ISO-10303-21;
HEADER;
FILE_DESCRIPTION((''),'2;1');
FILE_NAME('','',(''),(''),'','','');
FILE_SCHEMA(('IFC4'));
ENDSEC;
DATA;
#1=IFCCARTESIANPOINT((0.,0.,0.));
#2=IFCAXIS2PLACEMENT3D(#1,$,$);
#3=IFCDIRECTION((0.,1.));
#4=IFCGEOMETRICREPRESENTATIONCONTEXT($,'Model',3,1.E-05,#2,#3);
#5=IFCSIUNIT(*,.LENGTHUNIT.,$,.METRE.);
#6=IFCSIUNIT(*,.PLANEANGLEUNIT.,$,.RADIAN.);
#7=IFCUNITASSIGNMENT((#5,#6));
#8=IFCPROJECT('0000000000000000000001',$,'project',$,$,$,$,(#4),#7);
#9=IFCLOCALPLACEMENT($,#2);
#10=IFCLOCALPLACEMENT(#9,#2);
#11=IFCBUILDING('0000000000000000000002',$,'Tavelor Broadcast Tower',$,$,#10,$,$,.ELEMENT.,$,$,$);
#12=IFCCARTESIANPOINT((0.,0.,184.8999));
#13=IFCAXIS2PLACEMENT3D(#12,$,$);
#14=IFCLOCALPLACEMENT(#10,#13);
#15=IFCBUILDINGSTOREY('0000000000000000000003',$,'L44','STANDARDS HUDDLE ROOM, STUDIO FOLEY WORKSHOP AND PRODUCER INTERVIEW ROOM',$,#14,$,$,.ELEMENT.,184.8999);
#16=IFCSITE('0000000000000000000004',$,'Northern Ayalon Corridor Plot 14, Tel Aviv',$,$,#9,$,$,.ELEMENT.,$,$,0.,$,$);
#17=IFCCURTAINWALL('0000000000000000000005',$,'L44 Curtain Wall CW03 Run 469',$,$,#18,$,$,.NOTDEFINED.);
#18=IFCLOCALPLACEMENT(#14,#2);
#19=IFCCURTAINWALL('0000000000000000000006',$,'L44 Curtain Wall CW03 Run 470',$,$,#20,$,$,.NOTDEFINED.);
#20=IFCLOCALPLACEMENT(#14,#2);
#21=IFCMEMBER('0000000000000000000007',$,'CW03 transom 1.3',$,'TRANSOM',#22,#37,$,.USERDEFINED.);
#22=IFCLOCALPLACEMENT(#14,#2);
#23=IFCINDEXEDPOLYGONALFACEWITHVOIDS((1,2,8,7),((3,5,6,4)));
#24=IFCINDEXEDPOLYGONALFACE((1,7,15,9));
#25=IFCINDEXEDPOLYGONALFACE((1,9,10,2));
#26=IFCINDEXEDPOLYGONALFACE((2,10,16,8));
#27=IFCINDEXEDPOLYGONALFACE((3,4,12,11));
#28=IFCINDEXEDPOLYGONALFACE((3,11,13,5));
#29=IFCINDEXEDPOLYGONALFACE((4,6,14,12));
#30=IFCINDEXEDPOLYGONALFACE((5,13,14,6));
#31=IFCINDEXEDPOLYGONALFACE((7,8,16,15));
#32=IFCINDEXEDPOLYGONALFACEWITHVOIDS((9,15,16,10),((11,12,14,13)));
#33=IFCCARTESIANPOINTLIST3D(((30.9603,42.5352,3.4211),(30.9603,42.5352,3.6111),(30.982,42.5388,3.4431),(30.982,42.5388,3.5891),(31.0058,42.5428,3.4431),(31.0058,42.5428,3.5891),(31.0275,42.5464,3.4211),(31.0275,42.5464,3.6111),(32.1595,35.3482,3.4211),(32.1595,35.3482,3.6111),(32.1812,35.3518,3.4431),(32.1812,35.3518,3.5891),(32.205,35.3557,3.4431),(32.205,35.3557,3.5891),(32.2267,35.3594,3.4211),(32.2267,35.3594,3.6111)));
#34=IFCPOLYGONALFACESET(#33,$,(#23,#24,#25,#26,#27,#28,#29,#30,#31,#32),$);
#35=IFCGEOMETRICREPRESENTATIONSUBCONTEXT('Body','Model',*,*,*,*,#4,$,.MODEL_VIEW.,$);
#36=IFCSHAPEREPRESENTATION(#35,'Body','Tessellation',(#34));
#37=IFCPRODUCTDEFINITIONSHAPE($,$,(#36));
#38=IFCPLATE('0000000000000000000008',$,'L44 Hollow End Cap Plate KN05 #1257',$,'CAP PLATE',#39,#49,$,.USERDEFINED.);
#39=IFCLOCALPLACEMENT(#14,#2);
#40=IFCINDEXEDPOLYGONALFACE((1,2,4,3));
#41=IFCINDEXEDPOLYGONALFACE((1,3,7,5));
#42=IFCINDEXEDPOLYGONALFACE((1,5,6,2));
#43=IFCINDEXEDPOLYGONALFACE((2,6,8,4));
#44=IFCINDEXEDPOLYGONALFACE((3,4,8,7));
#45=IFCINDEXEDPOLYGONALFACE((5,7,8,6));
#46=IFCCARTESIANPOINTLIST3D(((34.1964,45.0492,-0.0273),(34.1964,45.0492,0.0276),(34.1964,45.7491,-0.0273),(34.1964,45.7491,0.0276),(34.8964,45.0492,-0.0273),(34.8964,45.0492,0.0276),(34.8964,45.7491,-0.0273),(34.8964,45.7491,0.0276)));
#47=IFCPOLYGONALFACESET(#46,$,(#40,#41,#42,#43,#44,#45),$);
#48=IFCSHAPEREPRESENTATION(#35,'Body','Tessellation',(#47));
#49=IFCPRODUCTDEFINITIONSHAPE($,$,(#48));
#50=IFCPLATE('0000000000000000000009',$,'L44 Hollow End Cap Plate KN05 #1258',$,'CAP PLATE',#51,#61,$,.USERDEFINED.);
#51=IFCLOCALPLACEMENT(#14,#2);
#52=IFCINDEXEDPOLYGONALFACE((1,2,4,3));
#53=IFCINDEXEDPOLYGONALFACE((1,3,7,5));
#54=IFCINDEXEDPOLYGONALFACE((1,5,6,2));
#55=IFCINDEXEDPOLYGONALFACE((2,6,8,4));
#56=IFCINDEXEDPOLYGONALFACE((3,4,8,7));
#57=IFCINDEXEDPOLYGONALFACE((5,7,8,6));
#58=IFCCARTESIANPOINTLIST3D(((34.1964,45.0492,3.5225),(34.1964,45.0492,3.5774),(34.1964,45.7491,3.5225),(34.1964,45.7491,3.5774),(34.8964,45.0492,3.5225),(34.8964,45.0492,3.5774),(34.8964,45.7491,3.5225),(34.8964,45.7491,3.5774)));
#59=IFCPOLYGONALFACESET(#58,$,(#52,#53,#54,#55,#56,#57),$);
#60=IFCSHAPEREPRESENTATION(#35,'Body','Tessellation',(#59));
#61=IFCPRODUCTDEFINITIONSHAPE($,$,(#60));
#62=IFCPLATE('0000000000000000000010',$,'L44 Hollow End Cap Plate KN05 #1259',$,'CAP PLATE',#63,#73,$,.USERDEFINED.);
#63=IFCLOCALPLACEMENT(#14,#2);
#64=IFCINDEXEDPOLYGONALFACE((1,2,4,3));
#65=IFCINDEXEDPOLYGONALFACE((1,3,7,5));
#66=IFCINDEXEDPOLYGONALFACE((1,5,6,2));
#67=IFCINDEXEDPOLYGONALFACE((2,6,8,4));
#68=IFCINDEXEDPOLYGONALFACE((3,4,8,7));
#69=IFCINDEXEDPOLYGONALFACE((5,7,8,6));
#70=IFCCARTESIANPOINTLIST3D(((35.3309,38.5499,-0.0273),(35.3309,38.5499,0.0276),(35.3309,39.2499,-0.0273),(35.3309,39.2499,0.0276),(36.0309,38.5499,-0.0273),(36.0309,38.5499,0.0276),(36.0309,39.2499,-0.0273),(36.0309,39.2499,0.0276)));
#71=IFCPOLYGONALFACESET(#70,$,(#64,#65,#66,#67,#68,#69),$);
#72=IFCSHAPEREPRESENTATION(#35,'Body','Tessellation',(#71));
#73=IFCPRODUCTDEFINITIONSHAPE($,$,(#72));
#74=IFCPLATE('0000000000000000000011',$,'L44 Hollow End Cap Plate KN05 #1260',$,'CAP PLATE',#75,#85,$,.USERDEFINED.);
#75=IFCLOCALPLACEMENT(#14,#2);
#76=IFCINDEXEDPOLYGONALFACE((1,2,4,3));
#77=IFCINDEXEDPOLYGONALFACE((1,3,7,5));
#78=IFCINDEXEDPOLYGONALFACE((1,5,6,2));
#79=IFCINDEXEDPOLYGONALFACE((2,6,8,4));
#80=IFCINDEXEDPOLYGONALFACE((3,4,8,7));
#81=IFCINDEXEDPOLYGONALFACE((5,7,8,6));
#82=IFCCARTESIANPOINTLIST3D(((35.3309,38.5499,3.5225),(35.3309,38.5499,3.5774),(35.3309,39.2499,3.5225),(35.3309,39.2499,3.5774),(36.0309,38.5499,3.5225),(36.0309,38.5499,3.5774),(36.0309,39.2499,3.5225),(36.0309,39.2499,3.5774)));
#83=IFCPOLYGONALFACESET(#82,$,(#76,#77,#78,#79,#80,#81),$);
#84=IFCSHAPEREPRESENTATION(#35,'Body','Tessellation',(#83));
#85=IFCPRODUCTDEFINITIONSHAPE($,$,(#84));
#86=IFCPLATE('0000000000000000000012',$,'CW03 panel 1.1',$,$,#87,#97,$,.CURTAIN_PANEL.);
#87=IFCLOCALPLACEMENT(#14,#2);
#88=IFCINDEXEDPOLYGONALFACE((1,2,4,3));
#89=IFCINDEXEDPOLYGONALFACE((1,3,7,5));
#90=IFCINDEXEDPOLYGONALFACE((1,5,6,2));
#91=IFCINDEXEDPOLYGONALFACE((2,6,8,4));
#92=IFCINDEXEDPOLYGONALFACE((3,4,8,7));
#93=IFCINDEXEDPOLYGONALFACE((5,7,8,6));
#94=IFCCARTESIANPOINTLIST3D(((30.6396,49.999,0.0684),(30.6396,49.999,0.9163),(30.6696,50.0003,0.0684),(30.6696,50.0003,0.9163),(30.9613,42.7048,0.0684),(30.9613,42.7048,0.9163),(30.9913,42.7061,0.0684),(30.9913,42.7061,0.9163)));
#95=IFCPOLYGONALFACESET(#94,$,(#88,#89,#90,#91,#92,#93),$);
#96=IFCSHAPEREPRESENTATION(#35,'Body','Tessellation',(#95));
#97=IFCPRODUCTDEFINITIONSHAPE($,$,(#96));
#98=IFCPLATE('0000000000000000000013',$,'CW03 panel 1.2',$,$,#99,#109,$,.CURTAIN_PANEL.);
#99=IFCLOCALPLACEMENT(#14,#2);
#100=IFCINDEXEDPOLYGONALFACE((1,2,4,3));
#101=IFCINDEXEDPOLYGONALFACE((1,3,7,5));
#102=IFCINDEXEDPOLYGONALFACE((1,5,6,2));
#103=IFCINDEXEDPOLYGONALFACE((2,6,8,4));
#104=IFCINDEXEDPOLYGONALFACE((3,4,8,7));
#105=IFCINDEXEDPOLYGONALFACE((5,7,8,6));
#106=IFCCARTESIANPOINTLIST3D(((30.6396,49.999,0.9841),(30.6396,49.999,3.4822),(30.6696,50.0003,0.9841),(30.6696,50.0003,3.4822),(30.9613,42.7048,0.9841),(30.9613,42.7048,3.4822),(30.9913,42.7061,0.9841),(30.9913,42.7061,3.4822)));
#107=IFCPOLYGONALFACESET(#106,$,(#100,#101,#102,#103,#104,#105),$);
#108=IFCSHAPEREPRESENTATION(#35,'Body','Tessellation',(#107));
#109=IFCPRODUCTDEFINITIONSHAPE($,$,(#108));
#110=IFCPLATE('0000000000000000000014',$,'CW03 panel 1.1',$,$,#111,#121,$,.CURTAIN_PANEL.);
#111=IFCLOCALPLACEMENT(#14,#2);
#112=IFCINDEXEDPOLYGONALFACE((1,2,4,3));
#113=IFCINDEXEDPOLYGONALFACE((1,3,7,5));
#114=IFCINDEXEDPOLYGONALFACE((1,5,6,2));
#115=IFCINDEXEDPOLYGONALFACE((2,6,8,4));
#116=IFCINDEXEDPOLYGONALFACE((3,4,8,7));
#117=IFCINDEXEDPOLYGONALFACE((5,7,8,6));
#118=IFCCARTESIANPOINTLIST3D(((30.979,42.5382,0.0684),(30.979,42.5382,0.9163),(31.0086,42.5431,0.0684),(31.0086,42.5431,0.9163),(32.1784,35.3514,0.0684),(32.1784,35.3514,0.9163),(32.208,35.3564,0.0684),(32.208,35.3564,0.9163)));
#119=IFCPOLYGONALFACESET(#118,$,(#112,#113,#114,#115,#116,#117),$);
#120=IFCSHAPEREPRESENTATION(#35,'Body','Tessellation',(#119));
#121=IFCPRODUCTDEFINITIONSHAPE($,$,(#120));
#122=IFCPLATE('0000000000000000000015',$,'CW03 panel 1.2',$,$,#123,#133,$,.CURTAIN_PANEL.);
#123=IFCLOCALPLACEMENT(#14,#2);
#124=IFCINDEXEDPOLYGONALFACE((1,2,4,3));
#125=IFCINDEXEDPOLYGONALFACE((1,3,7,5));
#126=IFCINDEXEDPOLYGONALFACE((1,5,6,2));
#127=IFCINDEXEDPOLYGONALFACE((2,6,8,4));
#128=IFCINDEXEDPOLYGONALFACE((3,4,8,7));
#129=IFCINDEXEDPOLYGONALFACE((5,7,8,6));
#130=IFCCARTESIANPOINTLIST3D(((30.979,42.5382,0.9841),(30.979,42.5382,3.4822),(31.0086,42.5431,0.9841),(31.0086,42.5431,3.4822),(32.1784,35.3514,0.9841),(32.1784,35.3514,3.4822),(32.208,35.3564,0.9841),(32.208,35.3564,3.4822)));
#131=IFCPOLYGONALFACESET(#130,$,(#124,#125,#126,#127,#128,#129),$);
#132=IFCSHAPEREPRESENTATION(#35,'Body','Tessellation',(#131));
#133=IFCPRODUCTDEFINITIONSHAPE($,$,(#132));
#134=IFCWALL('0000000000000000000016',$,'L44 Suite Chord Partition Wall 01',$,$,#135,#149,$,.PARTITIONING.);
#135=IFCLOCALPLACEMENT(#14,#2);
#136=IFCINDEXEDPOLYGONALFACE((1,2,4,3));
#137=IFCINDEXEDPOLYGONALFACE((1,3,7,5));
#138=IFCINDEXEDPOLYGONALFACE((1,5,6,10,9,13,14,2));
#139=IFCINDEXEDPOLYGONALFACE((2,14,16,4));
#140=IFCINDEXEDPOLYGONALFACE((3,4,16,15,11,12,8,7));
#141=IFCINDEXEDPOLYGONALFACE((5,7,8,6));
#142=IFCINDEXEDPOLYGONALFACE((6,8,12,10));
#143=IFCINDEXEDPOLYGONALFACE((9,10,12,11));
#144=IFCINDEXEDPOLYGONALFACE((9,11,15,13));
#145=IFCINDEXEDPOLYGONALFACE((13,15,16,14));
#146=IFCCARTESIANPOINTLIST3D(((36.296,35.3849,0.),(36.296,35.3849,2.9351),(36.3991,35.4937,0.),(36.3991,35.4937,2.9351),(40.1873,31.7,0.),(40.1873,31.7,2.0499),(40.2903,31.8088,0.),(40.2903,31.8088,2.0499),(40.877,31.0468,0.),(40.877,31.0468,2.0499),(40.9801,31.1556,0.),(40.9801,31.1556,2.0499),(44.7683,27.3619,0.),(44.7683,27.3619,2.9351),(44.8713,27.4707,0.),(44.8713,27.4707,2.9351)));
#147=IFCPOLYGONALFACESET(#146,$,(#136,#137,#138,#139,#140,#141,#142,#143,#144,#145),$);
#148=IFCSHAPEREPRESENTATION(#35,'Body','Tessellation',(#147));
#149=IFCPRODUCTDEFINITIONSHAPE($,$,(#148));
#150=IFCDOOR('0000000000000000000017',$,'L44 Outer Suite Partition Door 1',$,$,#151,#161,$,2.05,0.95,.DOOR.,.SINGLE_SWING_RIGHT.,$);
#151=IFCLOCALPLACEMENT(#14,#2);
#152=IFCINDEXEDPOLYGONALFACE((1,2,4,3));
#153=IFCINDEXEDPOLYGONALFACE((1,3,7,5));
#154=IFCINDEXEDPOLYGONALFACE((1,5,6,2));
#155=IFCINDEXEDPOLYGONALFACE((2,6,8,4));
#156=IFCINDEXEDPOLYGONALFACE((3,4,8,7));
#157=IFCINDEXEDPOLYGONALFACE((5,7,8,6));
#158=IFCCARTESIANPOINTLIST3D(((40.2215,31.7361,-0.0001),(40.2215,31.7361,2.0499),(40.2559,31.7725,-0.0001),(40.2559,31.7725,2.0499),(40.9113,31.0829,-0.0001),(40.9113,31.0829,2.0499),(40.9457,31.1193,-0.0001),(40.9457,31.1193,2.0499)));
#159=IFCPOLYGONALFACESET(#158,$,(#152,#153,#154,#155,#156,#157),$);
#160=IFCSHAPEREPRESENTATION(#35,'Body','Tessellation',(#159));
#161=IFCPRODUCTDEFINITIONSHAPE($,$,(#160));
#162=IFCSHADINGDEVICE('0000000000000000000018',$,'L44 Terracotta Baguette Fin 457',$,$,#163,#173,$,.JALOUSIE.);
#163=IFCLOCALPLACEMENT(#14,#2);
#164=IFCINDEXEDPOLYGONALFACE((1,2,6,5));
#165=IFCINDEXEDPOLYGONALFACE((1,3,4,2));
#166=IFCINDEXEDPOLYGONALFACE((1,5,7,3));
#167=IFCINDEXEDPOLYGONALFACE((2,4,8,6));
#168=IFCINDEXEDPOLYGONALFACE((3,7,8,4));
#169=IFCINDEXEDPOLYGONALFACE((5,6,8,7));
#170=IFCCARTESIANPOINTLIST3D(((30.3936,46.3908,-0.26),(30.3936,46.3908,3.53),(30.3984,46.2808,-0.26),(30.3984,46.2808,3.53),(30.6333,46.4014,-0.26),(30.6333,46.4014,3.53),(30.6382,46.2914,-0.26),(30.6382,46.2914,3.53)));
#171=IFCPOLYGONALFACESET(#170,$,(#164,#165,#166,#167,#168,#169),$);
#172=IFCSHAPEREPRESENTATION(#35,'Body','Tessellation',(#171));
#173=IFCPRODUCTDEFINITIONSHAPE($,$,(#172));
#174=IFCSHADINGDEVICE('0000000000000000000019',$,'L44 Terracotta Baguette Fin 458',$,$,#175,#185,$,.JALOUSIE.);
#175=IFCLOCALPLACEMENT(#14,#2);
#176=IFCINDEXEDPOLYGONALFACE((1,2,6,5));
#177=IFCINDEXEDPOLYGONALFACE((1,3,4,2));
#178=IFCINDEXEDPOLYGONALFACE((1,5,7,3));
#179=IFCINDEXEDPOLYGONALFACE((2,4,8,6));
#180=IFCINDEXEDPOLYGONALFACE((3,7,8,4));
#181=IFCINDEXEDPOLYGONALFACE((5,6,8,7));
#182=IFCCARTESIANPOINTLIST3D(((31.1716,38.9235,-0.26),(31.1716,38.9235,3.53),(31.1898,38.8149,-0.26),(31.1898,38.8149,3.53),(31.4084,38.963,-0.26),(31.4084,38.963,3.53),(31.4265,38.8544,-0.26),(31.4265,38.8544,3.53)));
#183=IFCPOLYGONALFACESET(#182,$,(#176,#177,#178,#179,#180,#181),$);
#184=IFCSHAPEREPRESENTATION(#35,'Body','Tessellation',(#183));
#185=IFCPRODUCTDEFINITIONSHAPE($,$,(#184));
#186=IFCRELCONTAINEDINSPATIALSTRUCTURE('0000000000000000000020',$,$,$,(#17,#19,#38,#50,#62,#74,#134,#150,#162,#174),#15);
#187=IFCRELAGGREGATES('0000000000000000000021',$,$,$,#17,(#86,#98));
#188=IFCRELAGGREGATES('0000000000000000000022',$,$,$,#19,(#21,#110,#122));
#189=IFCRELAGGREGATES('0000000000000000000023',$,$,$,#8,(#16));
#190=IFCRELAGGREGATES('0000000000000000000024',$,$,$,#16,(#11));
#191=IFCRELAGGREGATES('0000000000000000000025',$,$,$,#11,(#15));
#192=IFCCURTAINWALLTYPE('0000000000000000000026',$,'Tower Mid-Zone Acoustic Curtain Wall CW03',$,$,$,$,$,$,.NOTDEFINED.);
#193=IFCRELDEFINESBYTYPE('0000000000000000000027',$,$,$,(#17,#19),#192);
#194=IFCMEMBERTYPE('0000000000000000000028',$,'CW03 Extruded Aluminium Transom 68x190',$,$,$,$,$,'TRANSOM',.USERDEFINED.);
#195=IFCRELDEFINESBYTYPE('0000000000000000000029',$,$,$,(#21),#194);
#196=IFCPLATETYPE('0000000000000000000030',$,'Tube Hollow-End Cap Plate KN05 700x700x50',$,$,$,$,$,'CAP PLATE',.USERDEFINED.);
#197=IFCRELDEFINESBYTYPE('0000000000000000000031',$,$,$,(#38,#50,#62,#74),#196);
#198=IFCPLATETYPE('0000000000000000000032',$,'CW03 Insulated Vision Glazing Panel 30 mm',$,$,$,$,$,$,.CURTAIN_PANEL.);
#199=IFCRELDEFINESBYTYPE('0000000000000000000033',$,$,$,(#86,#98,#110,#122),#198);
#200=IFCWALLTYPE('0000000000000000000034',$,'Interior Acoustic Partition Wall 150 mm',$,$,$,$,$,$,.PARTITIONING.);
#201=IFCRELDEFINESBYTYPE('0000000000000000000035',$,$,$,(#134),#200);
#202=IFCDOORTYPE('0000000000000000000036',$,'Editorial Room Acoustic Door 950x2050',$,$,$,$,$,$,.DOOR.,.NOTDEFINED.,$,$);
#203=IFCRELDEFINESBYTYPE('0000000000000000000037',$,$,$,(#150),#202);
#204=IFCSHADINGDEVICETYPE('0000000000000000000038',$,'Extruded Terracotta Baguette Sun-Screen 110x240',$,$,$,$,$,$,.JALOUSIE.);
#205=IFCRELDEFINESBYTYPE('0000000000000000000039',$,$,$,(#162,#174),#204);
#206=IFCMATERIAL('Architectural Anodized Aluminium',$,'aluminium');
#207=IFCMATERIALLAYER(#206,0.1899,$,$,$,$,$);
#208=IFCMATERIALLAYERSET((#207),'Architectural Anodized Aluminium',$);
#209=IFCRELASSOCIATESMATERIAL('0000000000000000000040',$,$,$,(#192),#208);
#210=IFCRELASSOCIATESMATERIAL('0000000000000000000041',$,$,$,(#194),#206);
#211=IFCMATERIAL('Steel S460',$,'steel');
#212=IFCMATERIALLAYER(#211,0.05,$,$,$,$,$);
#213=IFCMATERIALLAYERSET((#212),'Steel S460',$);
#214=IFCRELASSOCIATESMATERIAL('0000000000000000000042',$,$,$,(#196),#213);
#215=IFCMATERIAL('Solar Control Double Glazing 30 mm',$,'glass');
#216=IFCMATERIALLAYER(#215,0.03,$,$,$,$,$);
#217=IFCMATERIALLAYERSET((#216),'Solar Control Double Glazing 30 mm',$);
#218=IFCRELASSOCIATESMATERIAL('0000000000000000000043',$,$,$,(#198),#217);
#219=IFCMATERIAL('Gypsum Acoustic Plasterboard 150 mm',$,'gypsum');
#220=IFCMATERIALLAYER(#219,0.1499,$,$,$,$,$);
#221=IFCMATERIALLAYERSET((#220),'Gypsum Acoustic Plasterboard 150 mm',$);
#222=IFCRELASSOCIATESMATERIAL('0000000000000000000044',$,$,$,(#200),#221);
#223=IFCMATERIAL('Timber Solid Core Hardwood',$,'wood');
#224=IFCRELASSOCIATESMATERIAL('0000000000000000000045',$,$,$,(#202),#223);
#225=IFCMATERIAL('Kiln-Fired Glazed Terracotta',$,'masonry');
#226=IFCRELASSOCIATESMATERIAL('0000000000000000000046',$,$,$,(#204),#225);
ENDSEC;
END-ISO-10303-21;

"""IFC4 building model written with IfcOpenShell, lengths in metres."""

from ifc_helpers import new_model, si_unit, direction, frame, frame_2d, origin, origin_2d, place, context, subcontext, project, spatial, rectangle, hollow_rectangle, extrude, source, transform, mapped, material, layer, layer_set, material_profile, profile_set, type_object, type_shapes, element, fill, aggregate, save


model = new_model("IFC4")

# Units and contexts
model_context = context("Model", 3, precision=1e-05, world=origin(), true_north=direction((0.0, 1.0)))
body_context = subcontext(model_context, "Body", "Model", "MODEL_VIEW")
ifc_project = project(units=[si_unit("LENGTHUNIT", "METRE"), si_unit("PLANEANGLEUNIT", "RADIAN")], contexts=[model_context])

# Site, building, storey
site_placement = place(None, origin())
site = spatial("IfcSite", under=ifc_project, at=site_placement, Name="Northern Ayalon Corridor Plot 14, Tel Aviv", CompositionType="ELEMENT", RefElevation=0.0)
building_placement = place(site_placement, origin())
building = spatial("IfcBuilding", under=site, at=building_placement, Name="Tavelor Broadcast Tower", CompositionType="ELEMENT")
storey_placement = place(building_placement, frame((0.0, 0.0, 184.8999)))
storey = spatial("IfcBuildingStorey", under=building, at=storey_placement, Name="L44", Description="STANDARDS HUDDLE ROOM, STUDIO FOLEY WORKSHOP AND PRODUCER INTERVIEW ROOM", CompositionType="ELEMENT", Elevation=184.8999)

# Shared definitions
ifc_material_1 = material(Name="Steel S460", Category="steel")

# Curtain wall
ifc_material_2 = material(Name="Architectural Anodized Aluminium", Category="aluminium")
ifc_layer_1 = layer(ifc_material_2, 0.1899)
ifc_layer_set_1 = layer_set([ifc_layer_1], Name="Architectural Anodized Aluminium")
curtain_wall_type = type_object("IfcCurtainWallType", Name="Tower Mid-Zone Acoustic Curtain Wall CW03", PredefinedType="NOTDEFINED", material=ifc_layer_set_1)
curtain_wall_1_placement = place(storey_placement, origin())
curtain_wall_1 = element("IfcCurtainWall", 1, at=curtain_wall_1_placement, inside=storey, type_object=curtain_wall_type, Name="L44 Curtain Wall CW03 Run 469", PredefinedType="NOTDEFINED")

# Curtain wall
curtain_wall_2_placement = place(storey_placement, origin())
curtain_wall_2 = element("IfcCurtainWall", 2, at=curtain_wall_2_placement, inside=storey, type_object=curtain_wall_type, Name="L44 Curtain Wall CW03 Run 470", PredefinedType="NOTDEFINED")

# Member
ifc_material_profile_1 = material_profile(ifc_material_2, hollow_rectangle(XDim=0.0681, YDim=0.1899, WallThickness=0.022, at=origin_2d()), Name="RHS 68x190x22")
ifc_profile_set_1 = profile_set([ifc_material_profile_1], Name="Architectural Anodized Aluminium")
member_type_1 = type_object("IfcMemberType", Name="CW03 Extruded Aluminium Transom 68x190", ElementType="TRANSOM", PredefinedType="USERDEFINED", material=ifc_profile_set_1)
shared_shape_1 = source(origin(), body_context, "Body", "SweptSolid", [
    extrude(hollow_rectangle(XDim=0.0681, YDim=0.1899, WallThickness=0.022, at=origin_2d()), origin(), (0.0, 0.0, 1.0), 7.2864),
])
type_shapes(member_type_1, [shared_shape_1])
member_1_placement = place(storey_placement, frame((30.9939, 42.5408, 3.5161), z_axis=(0.164584, -0.986363, 0.0), x_axis=(0.986363, 0.164584, 0.0)))
member_1 = element("IfcMember", 3, at=member_1_placement, type_object=member_type_1, Name="CW03 transom 1.3", ObjectType="TRANSOM", PredefinedType="USERDEFINED", context=body_context, shape_type="MappedRepresentation", body=[
    mapped(shared_shape_1, transform((0.0, 0.0, 0.0), scale=1.0)),
])

# Plates
ifc_layer_2 = layer(ifc_material_1, 0.05)
ifc_layer_set_2 = layer_set([ifc_layer_2], Name="Steel S460")
plate_type_1 = type_object("IfcPlateType", Name="Tube Hollow-End Cap Plate KN05 700x700x50", ElementType="CAP PLATE", PredefinedType="USERDEFINED", material=ifc_layer_set_2)
shared_shape_2 = source(origin(), body_context, "Body", "SweptSolid", [
    extrude(rectangle(XDim=0.7, YDim=0.7, at=origin_2d()), origin(), (0.0, 0.0, 1.0), 0.0549),
])
type_shapes(plate_type_1, [shared_shape_2])
for number, where, z_axis, x_axis, name in (
    (4, (34.5464, 45.3992, -0.0273), (0.0, 0.0, 1.0), (1.0, 0.0, 0.0), "L44 Hollow End Cap Plate KN05 #1257"),
    (5, (34.5464, 45.3992, 3.5225), (0.0, 0.0, 1.0), (1.0, 0.0, 0.0), "L44 Hollow End Cap Plate KN05 #1258"),
    (6, (35.6809, 38.8999, -0.0273), (0.0, 0.0, 1.0), (1.0, 0.0, 0.0), "L44 Hollow End Cap Plate KN05 #1259"),
    (7, (35.6809, 38.8999, 3.5225), (0.0, 0.0, 1.0), (1.0, 0.0, 0.0), "L44 Hollow End Cap Plate KN05 #1260"),
):
    element("IfcPlate", number, at=place(storey_placement, frame(where, z_axis=z_axis, x_axis=x_axis)), inside=storey, type_object=plate_type_1, Name=name, ObjectType="CAP PLATE", PredefinedType="USERDEFINED", context=body_context, shape_type="MappedRepresentation", body=[
        mapped(shared_shape_2, transform((0.0, 0.0, 0.0), scale=1.0)),
    ])

# Plates
ifc_material_3 = material(Name="Solar Control Double Glazing 30 mm", Category="glass")
ifc_layer_3 = layer(ifc_material_3, 0.03)
ifc_layer_set_3 = layer_set([ifc_layer_3], Name="Solar Control Double Glazing 30 mm")
plate_type_2 = type_object("IfcPlateType", Name="CW03 Insulated Vision Glazing Panel 30 mm", PredefinedType="CURTAIN_PANEL", material=ifc_layer_set_3)
shared_shape_3 = source(origin(), body_context, "Body", "SweptSolid", [
    extrude(rectangle(XDim=7.3013, YDim=0.03, at=origin_2d()), origin(), (0.0, 0.0, 1.0), 0.8479),
])
plate_1_placement = place(storey_placement, frame((30.8154, 46.3525, 0.0684), z_axis=(0.0, 0.0, 1.0), x_axis=(0.044062, -0.999029, 0.0)))
plate_1 = element("IfcPlate", 8, at=plate_1_placement, type_object=plate_type_2, Name="CW03 panel 1.1", PredefinedType="CURTAIN_PANEL", context=body_context, shape_type="MappedRepresentation", body=[
    mapped(shared_shape_3, transform((0.0, 0.0, 0.0), scale=1.0)),
])
shared_shape_4 = source(origin(), body_context, "Body", "SweptSolid", [
    extrude(rectangle(XDim=7.3013, YDim=0.03, at=origin_2d()), origin(), (0.0, 0.0, 1.0), 2.498),
])
plate_2_placement = place(storey_placement, frame((30.8154, 46.3525, 0.9841), z_axis=(0.0, 0.0, 1.0), x_axis=(0.044062, -0.999029, 0.0)))
plate_2 = element("IfcPlate", 9, at=plate_2_placement, type_object=plate_type_2, Name="CW03 panel 1.2", PredefinedType="CURTAIN_PANEL", context=body_context, shape_type="MappedRepresentation", body=[
    mapped(shared_shape_4, transform((0.0, 0.0, 0.0), scale=1.0)),
])
aggregate(curtain_wall_1, [plate_1, plate_2])
shared_shape_5 = source(origin(), body_context, "Body", "SweptSolid", [
    extrude(rectangle(XDim=7.2861, YDim=0.03, at=origin_2d()), origin(), (0.0, 0.0, 1.0), 0.8479),
])
plate_3_placement = place(storey_placement, frame((31.5935, 38.9473, 0.0684), z_axis=(0.0, 0.0, 1.0), x_axis=(0.164613, -0.986358, 0.0)))
plate_3 = element("IfcPlate", 10, at=plate_3_placement, type_object=plate_type_2, Name="CW03 panel 1.1", PredefinedType="CURTAIN_PANEL", context=body_context, shape_type="MappedRepresentation", body=[
    mapped(shared_shape_5, transform((0.0, 0.0, 0.0), scale=1.0)),
])
shared_shape_6 = source(origin(), body_context, "Body", "SweptSolid", [
    extrude(rectangle(XDim=7.2861, YDim=0.03, at=origin_2d()), origin(), (0.0, 0.0, 1.0), 2.498),
])
type_shapes(plate_type_2, [shared_shape_3, shared_shape_4, shared_shape_5, shared_shape_6])
plate_4_placement = place(storey_placement, frame((31.5935, 38.9473, 0.9841), z_axis=(0.0, 0.0, 1.0), x_axis=(0.164613, -0.986358, 0.0)))
plate_4 = element("IfcPlate", 11, at=plate_4_placement, type_object=plate_type_2, Name="CW03 panel 1.2", PredefinedType="CURTAIN_PANEL", context=body_context, shape_type="MappedRepresentation", body=[
    mapped(shared_shape_6, transform((0.0, 0.0, 0.0), scale=1.0)),
])
aggregate(curtain_wall_2, [member_1, plate_3, plate_4])

# Wall, opening, door
ifc_material_4 = material(Name="Gypsum Acoustic Plasterboard 150 mm", Category="gypsum")
ifc_layer_4 = layer(ifc_material_4, 0.1499)
ifc_layer_set_4 = layer_set([ifc_layer_4], Name="Gypsum Acoustic Plasterboard 150 mm")
wall_type = type_object("IfcWallType", Name="Interior Acoustic Partition Wall 150 mm", PredefinedType="PARTITIONING", material=ifc_layer_set_4)
wall_placement = place(storey_placement, frame((36.3477, 35.4392, 0.0), z_axis=(0.0, 0.0, 1.0), x_axis=(0.726095, -0.687595, 0.0)))
wall = element("IfcWall", 12, at=wall_placement, inside=storey, type_object=wall_type, Name="L44 Suite Chord Partition Wall 01", PredefinedType="PARTITIONING", context=body_context, shape_type="SweptSolid", body=[
    extrude(rectangle(XDim=11.6682, YDim=0.1499, at=frame_2d((5.834, 0.0))), origin(), (0.0, 0.0, 1.0), 2.9351),
])
opening_placement = place(wall_placement, frame((5.3589, 0.0, 0.0)))
opening = element("IfcOpeningElement", 13, at=opening_placement, cuts=wall, PredefinedType="OPENING", context=body_context, shape_type="SweptSolid", body=[
    extrude(rectangle(XDim=0.95, YDim=2.05, at=frame_2d((0.4751, 1.0249))), frame((0.0, 0.085, 0.0), z_axis=(0.0, -1.0, 0.0), x_axis=(1.0, 0.0, 0.0)), (0.0, 0.0, 1.0), 0.1699),
])
ifc_material_5 = material(Name="Timber Solid Core Hardwood", Category="wood")
door_type = type_object("IfcDoorType", Name="Editorial Room Acoustic Door 950x2050", OperationType="NOTDEFINED", PredefinedType="DOOR", material=ifc_material_5)
door_placement = place(opening_placement, origin())
door = element("IfcDoor", 14, at=door_placement, inside=storey, type_object=door_type, Name="L44 Outer Suite Partition Door 1", OperationType="SINGLE_SWING_RIGHT", OverallHeight=2.05, OverallWidth=0.95, PredefinedType="DOOR", context=body_context, shape_type="SweptSolid", body=[
    extrude(rectangle(XDim=0.95, YDim=2.05, at=frame_2d((0.4751, 1.0249))), frame((0.0, 0.0249, 0.0), z_axis=(0.0, -1.0, 0.0), x_axis=(1.0, 0.0, 0.0)), (0.0, 0.0, 1.0), 0.05),
])
fill(opening, door)

# Shading devices
ifc_material_6 = material(Name="Kiln-Fired Glazed Terracotta", Category="masonry")
shading_device_type = type_object("IfcShadingDeviceType", Name="Extruded Terracotta Baguette Sun-Screen 110x240", PredefinedType="JALOUSIE", material=ifc_material_6)
shared_shape_7 = source(origin(), body_context, "Body", "SweptSolid", [
    extrude(rectangle(XDim=0.1101, YDim=0.24, at=origin_2d()), origin(), (0.0, 0.0, 1.0), 3.79),
])
type_shapes(shading_device_type, [shared_shape_7])
for number, where, z_axis, x_axis, name in (
    (15, (30.5159, 46.3411, -0.26), (0.0, 0.0, 1.0), (0.044142, -0.999025, 0.0), "L44 Terracotta Baguette Fin 457"),
    (16, (31.2991, 38.8889, -0.26), (0.0, 0.0, 1.0), (0.164703, -0.986343, 0.0), "L44 Terracotta Baguette Fin 458"),
):
    element("IfcShadingDevice", number, at=place(storey_placement, frame(where, z_axis=z_axis, x_axis=x_axis)), inside=storey, type_object=shading_device_type, Name=name, PredefinedType="JALOUSIE", context=body_context, shape_type="MappedRepresentation", body=[
        mapped(shared_shape_7, transform((0.0, 0.0, 0.0), scale=1.0)),
    ])

save(model, "model.ifc")
